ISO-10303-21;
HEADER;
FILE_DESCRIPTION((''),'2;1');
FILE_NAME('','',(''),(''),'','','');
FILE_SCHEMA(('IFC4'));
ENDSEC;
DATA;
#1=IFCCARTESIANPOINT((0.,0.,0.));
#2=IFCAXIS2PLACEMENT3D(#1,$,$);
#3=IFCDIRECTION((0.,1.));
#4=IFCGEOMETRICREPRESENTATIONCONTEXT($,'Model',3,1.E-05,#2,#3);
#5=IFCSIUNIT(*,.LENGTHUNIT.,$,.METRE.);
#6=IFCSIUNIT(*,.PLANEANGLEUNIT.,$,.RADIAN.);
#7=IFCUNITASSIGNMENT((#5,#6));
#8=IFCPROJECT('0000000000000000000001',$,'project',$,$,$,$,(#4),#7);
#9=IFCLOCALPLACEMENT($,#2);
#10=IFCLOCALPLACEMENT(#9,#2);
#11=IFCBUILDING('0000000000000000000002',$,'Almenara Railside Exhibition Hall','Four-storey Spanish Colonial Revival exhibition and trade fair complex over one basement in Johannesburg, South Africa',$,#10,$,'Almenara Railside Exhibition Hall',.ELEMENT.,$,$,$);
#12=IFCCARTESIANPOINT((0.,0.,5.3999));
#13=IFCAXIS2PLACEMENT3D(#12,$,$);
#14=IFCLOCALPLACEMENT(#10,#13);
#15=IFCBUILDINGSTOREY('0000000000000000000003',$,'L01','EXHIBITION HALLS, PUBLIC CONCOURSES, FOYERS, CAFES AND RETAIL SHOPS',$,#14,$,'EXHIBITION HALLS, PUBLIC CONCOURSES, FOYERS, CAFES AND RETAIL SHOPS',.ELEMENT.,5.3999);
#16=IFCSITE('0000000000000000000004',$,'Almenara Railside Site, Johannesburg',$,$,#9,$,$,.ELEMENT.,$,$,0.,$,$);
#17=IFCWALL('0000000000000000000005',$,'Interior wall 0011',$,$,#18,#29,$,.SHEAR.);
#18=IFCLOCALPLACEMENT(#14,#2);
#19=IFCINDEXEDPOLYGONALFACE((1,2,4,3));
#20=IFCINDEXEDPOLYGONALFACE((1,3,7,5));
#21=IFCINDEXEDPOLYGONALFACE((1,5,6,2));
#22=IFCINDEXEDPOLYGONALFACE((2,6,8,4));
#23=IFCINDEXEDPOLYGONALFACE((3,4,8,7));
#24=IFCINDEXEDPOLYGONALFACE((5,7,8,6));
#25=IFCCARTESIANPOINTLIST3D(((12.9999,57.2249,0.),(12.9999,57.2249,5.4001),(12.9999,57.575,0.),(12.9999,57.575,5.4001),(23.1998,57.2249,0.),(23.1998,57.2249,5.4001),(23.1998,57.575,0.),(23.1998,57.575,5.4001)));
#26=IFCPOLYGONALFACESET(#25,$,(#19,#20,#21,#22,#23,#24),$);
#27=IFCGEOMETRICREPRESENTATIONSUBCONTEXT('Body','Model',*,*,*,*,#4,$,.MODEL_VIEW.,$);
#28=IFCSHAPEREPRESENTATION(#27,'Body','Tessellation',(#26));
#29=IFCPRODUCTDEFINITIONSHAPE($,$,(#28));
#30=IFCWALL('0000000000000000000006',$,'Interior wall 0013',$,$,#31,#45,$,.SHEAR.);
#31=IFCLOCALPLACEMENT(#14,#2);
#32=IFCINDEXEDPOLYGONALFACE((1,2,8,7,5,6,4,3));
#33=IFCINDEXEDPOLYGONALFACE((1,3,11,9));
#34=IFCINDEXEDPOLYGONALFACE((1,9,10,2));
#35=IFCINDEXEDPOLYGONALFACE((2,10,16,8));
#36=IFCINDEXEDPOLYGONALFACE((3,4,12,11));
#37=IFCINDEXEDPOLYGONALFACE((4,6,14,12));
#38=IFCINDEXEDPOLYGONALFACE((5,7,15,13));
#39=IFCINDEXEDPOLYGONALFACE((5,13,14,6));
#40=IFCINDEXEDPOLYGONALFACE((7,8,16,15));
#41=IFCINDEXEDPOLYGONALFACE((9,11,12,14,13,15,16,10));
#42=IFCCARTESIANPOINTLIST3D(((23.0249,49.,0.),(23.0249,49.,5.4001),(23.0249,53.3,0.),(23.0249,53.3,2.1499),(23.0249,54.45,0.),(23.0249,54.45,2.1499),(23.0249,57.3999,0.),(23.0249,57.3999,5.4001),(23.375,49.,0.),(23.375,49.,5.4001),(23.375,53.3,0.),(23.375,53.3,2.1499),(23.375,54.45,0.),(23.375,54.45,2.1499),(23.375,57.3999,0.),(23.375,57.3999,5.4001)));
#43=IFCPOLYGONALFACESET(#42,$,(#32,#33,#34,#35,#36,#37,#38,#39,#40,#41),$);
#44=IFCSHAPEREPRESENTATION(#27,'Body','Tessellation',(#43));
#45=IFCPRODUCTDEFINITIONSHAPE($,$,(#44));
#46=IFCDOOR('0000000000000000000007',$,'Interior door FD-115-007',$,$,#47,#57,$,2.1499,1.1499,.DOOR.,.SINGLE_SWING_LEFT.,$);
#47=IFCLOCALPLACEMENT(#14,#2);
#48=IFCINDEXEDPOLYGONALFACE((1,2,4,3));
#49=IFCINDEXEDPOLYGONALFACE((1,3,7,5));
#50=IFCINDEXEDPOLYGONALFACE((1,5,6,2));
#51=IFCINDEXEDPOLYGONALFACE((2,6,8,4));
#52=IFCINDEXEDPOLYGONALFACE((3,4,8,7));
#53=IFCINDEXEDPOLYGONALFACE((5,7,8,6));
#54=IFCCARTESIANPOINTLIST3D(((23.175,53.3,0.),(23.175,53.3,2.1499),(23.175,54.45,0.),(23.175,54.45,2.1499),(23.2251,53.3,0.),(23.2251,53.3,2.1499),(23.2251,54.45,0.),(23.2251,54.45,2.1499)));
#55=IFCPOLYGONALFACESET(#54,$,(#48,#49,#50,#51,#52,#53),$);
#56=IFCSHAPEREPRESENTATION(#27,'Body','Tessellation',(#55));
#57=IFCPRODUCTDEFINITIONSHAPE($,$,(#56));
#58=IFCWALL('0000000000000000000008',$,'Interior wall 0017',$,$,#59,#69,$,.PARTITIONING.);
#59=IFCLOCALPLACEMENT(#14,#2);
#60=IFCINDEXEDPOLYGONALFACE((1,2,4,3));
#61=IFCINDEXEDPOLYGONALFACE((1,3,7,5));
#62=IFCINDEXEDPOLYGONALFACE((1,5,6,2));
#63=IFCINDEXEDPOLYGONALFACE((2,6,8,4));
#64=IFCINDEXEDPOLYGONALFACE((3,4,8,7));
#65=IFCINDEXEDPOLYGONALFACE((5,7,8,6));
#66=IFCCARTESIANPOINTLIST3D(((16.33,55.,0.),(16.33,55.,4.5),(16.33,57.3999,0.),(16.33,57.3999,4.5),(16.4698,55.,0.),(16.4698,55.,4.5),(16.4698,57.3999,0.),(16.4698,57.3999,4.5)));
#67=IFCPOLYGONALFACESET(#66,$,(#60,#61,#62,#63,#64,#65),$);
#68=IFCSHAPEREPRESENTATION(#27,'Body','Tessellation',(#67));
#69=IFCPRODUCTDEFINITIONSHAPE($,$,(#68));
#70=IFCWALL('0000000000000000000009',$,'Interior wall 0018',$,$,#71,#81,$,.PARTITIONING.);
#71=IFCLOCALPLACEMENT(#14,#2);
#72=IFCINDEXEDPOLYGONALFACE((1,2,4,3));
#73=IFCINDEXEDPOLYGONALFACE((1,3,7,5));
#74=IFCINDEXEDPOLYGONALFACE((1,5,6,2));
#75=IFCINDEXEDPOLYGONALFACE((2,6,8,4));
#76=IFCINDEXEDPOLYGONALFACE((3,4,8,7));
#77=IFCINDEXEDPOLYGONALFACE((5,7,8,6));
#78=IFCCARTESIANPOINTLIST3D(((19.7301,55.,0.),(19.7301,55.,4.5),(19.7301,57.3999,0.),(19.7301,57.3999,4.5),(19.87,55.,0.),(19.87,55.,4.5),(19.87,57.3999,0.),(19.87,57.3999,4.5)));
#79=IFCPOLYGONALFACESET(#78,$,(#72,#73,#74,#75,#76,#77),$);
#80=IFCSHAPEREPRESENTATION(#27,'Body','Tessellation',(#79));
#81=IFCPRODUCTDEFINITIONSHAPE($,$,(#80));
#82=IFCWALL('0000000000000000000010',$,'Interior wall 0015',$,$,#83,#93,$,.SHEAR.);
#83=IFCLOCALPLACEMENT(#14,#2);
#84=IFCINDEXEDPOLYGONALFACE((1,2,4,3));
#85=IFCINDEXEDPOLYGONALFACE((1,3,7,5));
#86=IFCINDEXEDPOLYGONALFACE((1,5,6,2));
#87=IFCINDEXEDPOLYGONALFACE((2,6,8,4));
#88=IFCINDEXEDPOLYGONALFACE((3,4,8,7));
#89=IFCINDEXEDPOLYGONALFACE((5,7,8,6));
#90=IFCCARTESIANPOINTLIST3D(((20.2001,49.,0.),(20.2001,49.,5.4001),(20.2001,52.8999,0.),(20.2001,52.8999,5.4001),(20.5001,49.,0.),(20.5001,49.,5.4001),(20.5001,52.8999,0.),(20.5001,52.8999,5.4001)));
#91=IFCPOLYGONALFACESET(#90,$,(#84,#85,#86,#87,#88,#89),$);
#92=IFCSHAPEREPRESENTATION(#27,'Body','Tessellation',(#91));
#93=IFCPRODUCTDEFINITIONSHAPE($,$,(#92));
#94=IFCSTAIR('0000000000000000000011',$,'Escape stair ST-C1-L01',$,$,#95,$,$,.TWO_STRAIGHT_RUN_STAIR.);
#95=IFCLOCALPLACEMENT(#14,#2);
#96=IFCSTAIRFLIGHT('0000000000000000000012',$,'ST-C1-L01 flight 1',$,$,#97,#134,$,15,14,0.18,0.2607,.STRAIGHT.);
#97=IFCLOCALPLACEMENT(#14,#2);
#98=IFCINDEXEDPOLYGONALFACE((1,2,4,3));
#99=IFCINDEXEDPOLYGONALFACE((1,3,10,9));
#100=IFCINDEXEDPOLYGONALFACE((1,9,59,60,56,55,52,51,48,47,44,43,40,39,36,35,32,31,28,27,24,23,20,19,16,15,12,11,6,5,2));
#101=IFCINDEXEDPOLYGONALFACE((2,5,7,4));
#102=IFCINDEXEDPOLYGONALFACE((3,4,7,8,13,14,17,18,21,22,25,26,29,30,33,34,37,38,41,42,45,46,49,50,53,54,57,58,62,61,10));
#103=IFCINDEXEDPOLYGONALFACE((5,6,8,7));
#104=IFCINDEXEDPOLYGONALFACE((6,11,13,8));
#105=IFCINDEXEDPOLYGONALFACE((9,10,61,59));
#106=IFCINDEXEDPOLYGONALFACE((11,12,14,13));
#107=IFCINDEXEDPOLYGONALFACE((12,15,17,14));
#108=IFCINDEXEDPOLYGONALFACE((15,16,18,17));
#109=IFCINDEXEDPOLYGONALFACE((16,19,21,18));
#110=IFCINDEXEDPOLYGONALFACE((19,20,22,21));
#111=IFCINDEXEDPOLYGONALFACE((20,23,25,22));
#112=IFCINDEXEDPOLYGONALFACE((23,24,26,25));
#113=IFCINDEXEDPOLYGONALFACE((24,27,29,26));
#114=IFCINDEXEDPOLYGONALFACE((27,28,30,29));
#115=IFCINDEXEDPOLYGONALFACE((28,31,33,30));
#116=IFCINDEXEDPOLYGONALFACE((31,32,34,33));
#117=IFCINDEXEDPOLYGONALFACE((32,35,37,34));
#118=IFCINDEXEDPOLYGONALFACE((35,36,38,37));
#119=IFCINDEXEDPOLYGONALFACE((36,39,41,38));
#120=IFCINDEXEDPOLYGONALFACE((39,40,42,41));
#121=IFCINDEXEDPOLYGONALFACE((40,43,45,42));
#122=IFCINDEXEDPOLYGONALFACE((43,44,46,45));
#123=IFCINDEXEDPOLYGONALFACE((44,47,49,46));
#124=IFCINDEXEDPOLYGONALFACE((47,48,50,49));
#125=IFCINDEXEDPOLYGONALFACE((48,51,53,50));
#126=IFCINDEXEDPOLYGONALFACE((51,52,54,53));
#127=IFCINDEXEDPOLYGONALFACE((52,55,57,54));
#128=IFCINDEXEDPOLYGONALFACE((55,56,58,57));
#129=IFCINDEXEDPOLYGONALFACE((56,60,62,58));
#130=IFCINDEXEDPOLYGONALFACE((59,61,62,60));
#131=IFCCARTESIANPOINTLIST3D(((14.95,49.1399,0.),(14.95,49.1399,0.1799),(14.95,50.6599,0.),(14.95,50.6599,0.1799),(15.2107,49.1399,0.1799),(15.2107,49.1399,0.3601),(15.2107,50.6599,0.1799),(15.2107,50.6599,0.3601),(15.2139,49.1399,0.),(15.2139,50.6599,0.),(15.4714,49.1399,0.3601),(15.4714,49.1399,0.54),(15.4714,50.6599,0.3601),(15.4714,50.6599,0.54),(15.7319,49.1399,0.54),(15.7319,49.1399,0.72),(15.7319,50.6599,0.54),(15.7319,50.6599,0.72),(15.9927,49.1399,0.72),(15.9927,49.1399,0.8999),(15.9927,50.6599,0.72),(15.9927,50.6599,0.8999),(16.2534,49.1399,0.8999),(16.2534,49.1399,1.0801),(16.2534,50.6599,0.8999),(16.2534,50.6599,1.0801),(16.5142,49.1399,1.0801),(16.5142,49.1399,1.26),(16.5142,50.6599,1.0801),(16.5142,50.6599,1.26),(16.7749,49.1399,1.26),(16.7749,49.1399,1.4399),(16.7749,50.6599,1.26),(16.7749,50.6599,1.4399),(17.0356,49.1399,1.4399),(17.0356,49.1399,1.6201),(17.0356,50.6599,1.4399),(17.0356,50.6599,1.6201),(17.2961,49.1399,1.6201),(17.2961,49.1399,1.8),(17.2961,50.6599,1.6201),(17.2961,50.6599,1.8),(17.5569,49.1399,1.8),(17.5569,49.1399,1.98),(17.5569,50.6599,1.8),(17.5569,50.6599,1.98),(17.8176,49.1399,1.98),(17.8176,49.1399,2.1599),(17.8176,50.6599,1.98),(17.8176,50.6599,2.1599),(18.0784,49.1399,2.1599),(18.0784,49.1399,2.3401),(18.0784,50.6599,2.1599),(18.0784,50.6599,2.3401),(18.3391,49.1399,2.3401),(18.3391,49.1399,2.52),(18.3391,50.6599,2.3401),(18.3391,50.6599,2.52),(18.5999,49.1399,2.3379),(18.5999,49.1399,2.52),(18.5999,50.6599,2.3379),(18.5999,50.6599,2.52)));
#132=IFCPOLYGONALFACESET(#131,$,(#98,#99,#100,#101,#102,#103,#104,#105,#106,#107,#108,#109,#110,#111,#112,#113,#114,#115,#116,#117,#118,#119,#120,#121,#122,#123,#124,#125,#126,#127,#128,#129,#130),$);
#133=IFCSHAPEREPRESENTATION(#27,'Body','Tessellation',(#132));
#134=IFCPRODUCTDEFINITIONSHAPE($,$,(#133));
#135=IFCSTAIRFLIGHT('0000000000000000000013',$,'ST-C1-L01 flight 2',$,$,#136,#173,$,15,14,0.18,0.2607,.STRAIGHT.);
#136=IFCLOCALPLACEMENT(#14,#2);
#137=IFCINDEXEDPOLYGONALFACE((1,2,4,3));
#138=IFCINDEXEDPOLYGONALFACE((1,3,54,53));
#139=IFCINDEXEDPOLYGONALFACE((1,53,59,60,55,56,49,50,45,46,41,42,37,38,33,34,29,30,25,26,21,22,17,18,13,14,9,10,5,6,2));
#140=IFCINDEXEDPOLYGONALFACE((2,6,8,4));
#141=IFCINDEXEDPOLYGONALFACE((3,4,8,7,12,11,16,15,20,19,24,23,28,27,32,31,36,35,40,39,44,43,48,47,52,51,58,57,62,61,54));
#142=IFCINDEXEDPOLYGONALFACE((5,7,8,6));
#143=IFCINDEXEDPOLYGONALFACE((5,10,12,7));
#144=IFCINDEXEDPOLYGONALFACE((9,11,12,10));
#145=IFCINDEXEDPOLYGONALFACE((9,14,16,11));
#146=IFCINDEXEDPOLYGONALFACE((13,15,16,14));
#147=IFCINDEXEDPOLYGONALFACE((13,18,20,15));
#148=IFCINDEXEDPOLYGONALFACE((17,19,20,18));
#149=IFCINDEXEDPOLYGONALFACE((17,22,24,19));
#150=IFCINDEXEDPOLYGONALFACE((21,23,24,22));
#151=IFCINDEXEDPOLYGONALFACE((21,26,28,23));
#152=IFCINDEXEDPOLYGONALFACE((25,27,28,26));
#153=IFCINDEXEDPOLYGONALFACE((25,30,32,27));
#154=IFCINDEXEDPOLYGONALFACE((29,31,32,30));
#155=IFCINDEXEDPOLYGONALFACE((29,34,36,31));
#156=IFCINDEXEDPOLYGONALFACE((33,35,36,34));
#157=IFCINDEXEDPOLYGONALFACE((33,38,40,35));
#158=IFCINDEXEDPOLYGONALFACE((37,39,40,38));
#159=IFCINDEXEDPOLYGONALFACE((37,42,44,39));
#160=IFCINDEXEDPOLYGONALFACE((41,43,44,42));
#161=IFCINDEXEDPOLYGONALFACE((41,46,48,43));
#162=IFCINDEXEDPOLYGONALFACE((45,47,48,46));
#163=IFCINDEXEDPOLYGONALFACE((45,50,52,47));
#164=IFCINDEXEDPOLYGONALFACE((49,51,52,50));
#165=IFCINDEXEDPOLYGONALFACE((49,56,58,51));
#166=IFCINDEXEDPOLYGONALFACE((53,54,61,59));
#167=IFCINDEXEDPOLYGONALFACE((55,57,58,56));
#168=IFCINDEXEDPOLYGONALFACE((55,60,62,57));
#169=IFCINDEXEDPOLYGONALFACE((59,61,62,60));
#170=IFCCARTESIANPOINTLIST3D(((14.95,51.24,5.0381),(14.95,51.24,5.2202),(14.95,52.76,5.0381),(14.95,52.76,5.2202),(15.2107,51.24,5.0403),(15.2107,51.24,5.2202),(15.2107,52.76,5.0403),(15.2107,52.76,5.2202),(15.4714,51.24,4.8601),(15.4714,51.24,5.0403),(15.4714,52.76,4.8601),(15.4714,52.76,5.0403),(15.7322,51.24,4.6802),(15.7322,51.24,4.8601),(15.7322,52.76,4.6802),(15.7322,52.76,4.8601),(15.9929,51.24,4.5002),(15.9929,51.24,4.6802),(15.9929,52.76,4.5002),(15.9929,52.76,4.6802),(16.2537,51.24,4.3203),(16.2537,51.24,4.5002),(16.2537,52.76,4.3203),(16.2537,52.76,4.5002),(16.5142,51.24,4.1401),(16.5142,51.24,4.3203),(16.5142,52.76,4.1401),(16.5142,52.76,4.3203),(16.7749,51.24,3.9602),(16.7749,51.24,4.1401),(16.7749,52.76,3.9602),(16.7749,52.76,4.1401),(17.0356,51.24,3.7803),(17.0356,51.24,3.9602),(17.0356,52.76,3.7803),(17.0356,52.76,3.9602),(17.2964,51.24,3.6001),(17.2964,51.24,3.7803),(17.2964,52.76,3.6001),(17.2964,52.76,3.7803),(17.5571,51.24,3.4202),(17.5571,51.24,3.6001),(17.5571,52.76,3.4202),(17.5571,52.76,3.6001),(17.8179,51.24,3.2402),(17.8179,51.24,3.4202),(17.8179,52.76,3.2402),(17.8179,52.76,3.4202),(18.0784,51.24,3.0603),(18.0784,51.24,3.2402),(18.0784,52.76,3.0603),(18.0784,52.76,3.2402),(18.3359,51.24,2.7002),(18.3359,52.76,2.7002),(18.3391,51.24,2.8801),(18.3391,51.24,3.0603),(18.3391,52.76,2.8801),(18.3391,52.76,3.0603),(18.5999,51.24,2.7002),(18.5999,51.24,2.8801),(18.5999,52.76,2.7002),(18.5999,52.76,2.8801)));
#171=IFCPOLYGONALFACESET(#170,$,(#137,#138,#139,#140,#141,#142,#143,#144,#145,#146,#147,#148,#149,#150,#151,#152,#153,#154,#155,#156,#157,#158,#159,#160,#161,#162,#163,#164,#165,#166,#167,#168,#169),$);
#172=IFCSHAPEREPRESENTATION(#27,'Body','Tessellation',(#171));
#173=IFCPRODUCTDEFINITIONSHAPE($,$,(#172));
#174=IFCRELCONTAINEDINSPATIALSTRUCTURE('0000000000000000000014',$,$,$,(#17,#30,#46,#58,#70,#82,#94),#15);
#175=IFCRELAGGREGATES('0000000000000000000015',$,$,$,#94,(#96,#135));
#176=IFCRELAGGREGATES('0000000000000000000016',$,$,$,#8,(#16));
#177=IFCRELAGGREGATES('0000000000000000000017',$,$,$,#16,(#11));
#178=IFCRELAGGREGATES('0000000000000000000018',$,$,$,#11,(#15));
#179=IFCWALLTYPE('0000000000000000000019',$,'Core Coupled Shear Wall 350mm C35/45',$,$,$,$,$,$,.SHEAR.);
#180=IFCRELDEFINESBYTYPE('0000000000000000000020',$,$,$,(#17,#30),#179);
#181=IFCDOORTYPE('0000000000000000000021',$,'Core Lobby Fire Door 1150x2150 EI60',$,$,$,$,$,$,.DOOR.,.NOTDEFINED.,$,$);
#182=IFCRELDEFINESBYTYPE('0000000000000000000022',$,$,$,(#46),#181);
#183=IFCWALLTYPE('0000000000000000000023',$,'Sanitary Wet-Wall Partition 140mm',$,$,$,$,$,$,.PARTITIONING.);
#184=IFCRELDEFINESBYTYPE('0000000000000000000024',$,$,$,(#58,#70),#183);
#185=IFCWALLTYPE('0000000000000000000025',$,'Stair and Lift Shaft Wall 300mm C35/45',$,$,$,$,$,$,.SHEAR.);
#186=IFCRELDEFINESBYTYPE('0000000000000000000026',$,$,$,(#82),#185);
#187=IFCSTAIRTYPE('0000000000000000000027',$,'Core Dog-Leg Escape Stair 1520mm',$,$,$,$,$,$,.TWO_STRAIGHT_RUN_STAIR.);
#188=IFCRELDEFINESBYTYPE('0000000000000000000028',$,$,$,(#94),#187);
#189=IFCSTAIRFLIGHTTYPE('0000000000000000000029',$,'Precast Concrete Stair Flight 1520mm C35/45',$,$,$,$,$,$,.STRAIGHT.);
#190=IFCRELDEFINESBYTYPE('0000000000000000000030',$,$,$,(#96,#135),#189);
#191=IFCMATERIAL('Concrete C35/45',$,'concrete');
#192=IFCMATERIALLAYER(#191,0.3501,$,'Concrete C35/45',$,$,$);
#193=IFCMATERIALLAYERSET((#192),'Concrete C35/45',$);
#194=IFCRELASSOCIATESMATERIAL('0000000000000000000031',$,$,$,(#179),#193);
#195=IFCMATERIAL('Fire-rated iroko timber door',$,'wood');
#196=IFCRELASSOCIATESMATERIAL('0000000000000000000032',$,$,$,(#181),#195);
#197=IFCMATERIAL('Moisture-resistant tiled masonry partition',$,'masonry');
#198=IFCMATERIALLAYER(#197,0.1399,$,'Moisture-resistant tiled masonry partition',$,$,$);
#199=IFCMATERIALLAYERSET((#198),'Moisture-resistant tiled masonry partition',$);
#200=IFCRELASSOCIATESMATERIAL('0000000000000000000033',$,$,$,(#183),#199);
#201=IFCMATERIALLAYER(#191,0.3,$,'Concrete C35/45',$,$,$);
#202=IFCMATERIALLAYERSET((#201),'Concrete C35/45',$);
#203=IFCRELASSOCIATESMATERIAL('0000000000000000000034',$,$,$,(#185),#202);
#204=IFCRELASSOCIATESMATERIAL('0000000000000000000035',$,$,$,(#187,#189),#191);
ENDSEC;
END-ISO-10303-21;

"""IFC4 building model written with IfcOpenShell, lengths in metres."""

from ifc_helpers import new_model, si_unit, direction, frame, frame_2d, origin, place, context, subcontext, project, spatial, polyline, rectangle, outline, extrude, material, layer, layer_set, type_object, element, fill, aggregate, save


model = new_model("IFC4")

# Units and contexts
model_context = context("Model", 3, precision=1e-05, world=origin(), true_north=direction((0.0, 1.0)))
body_context = subcontext(model_context, "Body", "Model", "MODEL_VIEW")
ifc_project = project(units=[si_unit("LENGTHUNIT", "METRE"), si_unit("PLANEANGLEUNIT", "RADIAN")], contexts=[model_context])

# Site, building, storey
site_placement = place(None, origin())
site = spatial("IfcSite", under=ifc_project, at=site_placement, Name="Almenara Railside Site, Johannesburg", CompositionType="ELEMENT", RefElevation=0.0)
building_placement = place(site_placement, origin())
building = spatial("IfcBuilding", under=site, at=building_placement, Name="Almenara Railside Exhibition Hall", Description="Four-storey Spanish Colonial Revival exhibition and trade fair complex over one basement in Johannesburg, South Africa", LongName="Almenara Railside Exhibition Hall", CompositionType="ELEMENT")
storey_placement = place(building_placement, frame((0.0, 0.0, 5.3999)))
storey = spatial("IfcBuildingStorey", under=building, at=storey_placement, Name="L01", Description="EXHIBITION HALLS, PUBLIC CONCOURSES, FOYERS, CAFES AND RETAIL SHOPS", LongName="EXHIBITION HALLS, PUBLIC CONCOURSES, FOYERS, CAFES AND RETAIL SHOPS", CompositionType="ELEMENT", Elevation=5.3999)

# Shared definitions
ifc_material_1 = material(Name="Concrete C35/45", Category="concrete")

# Wall
ifc_layer_1 = layer(ifc_material_1, 0.3501, Name="Concrete C35/45")
ifc_layer_set_1 = layer_set([ifc_layer_1], Name="Concrete C35/45")
wall_type_1 = type_object("IfcWallType", Name="Core Coupled Shear Wall 350mm C35/45", PredefinedType="SHEAR", material=ifc_layer_set_1)
wall_1_placement = place(storey_placement, frame((23.2, 57.3999, 0.0), z_axis=(0.0, 0.0, 1.0), x_axis=(-1.0, 0.0, 0.0)))
element("IfcWall", 1, at=wall_1_placement, inside=storey, type_object=wall_type_1, Name="Interior wall 0011", PredefinedType="SHEAR", context=body_context, shape_type="SweptSolid", body=[
    extrude(rectangle(XDim=10.2, YDim=0.3501, at=frame_2d((5.1001, 0.0))), origin(), (0.0, 0.0, 1.0), 5.4001),
])

# Wall, opening, door
wall_2_placement = place(storey_placement, frame((23.2, 49.0, 0.0), z_axis=(0.0, 0.0, 1.0), x_axis=(0.0, 1.0, 0.0)))
wall_2 = element("IfcWall", 2, at=wall_2_placement, inside=storey, type_object=wall_type_1, Name="Interior wall 0013", PredefinedType="SHEAR", context=body_context, shape_type="SweptSolid", body=[
    extrude(rectangle(XDim=8.3999, YDim=0.3501, at=frame_2d((4.2, 0.0))), origin(), (0.0, 0.0, 1.0), 5.4001),
])
opening_placement = place(wall_2_placement, frame((4.3, 0.0, 0.0)))
opening = element("IfcOpeningElement", 3, at=opening_placement, cuts=wall_2, PredefinedType="OPENING", context=body_context, shape_type="SweptSolid", body=[
    extrude(rectangle(XDim=1.1499, YDim=2.1499, at=frame_2d((0.575, 1.075))), frame((0.0, 0.1851, 0.0), z_axis=(0.0, -1.0, 0.0), x_axis=(1.0, 0.0, 0.0)), (0.0, 0.0, 1.0), 0.3701),
])
ifc_material_2 = material(Name="Fire-rated iroko timber door", Category="wood")
door_type = type_object("IfcDoorType", Name="Core Lobby Fire Door 1150x2150 EI60", OperationType="NOTDEFINED", PredefinedType="DOOR", material=ifc_material_2)
door_placement = place(opening_placement, origin())
door = element("IfcDoor", 4, at=door_placement, inside=storey, type_object=door_type, Name="Interior door FD-115-007", OperationType="SINGLE_SWING_LEFT", OverallHeight=2.1499, OverallWidth=1.1499, PredefinedType="DOOR", context=body_context, shape_type="SweptSolid", body=[
    extrude(rectangle(XDim=1.1499, YDim=2.1499, at=frame_2d((0.575, 1.075))), frame((0.0, 0.0249, 0.0), z_axis=(0.0, -1.0, 0.0), x_axis=(1.0, 0.0, 0.0)), (0.0, 0.0, 1.0), 0.05),
])
fill(opening, door)

# Walls
ifc_material_3 = material(Name="Moisture-resistant tiled masonry partition", Category="masonry")
ifc_layer_2 = layer(ifc_material_3, 0.1399, Name="Moisture-resistant tiled masonry partition")
ifc_layer_set_2 = layer_set([ifc_layer_2], Name="Moisture-resistant tiled masonry partition")
wall_type_2 = type_object("IfcWallType", Name="Sanitary Wet-Wall Partition 140mm", PredefinedType="PARTITIONING", material=ifc_layer_set_2)
for number, where, z_axis, x_axis, name in (
    (5, (16.3999, 55.0, 0.0), (0.0, 0.0, 1.0), (0.0, 1.0, 0.0), "Interior wall 0017"),
    (6, (19.8, 55.0, 0.0), (0.0, 0.0, 1.0), (0.0, 1.0, 0.0), "Interior wall 0018"),
):
    element("IfcWall", number, at=place(storey_placement, frame(where, z_axis=z_axis, x_axis=x_axis)), inside=storey, type_object=wall_type_2, Name=name, PredefinedType="PARTITIONING", context=body_context, shape_type="SweptSolid", body=[
        extrude(rectangle(XDim=2.3999, YDim=0.1399, at=frame_2d((1.2, 0.0))), origin(), (0.0, 0.0, 1.0), 4.5),
    ])
ifc_layer_3 = layer(ifc_material_1, 0.3, Name="Concrete C35/45")
ifc_layer_set_3 = layer_set([ifc_layer_3], Name="Concrete C35/45")
wall_type_3 = type_object("IfcWallType", Name="Stair and Lift Shaft Wall 300mm C35/45", PredefinedType="SHEAR", material=ifc_layer_set_3)
wall_3_placement = place(storey_placement, frame((20.3501, 49.0, 0.0), z_axis=(0.0, 0.0, 1.0), x_axis=(0.0, 1.0, 0.0)))
element("IfcWall", 7, at=wall_3_placement, inside=storey, type_object=wall_type_3, Name="Interior wall 0015", PredefinedType="SHEAR", context=body_context, shape_type="SweptSolid", body=[
    extrude(rectangle(XDim=3.8999, YDim=0.3, at=frame_2d((1.95, 0.0))), origin(), (0.0, 0.0, 1.0), 5.4001),
])

# Stair, stair flights
stair_type = type_object("IfcStairType", Name="Core Dog-Leg Escape Stair 1520mm", PredefinedType="TWO_STRAIGHT_RUN_STAIR", material=ifc_material_1)
stair_placement = place(storey_placement, origin())
stair = element("IfcStair", 8, at=stair_placement, inside=storey, type_object=stair_type, Name="Escape stair ST-C1-L01", PredefinedType="TWO_STRAIGHT_RUN_STAIR")
stair_flight_type = type_object("IfcStairFlightType", Name="Precast Concrete Stair Flight 1520mm C35/45", PredefinedType="STRAIGHT", material=ifc_material_1)
stair_flight_1_placement = place(storey_placement, frame((14.95, 49.8999, 0.0), z_axis=(0.0, 0.0, 1.0), x_axis=(1.0, 0.0, 0.0)))
stair_flight_1 = element("IfcStairFlight", 9, at=stair_flight_1_placement, type_object=stair_flight_type, Name="ST-C1-L01 flight 1", NumberOfRisers=15, NumberOfTreads=14, PredefinedType="STRAIGHT", RiserHeight=0.18, TreadLength=0.2607, context=body_context, shape_type="SweptSolid", body=[
    extrude(outline(polyline([(0.0, 0.0), (0.0, 0.1799), (0.2607, 0.1799), (0.2607, 0.3601), (0.5215, 0.3601), (0.5215, 0.54), (0.782, 0.54), (0.782, 0.72), (1.0427, 0.72), (1.0427, 0.8999), (1.3035, 0.8999), (1.3035, 1.0801), (1.5642, 1.0801), (1.5642, 1.26), (1.825, 1.26), (1.825, 1.4399), (2.0857, 1.4399), (2.0857, 1.6201), (2.3462, 1.6201), (2.3462, 1.8), (2.6069, 1.8), (2.6069, 1.98), (2.8677, 1.98), (2.8677, 2.1599), (3.1284, 2.1599), (3.1284, 2.3401), (3.3892, 2.3401), (3.3892, 2.52), (3.6499, 2.52), (3.6499, 2.7), (3.6499, 2.3379), (0.2639, 0.0), (0.0, 0.0)])), frame((0.0, 0.76, 0.0), z_axis=(0.0, -1.0, 0.0), x_axis=(1.0, 0.0, 0.0)), (0.0, 0.0, 1.0), 1.52),
])
stair_flight_2_placement = place(storey_placement, frame((18.5999, 52.0, 2.7002), z_axis=(0.0, 0.0, 1.0), x_axis=(-1.0, 0.0, 0.0)))
stair_flight_2 = element("IfcStairFlight", 10, at=stair_flight_2_placement, type_object=stair_flight_type, Name="ST-C1-L01 flight 2", NumberOfRisers=15, NumberOfTreads=14, PredefinedType="STRAIGHT", RiserHeight=0.18, TreadLength=0.2607, context=body_context, shape_type="SweptSolid", body=[
    extrude(outline(polyline([(0.0, 0.0), (0.0, 0.1799), (0.2607, 0.1799), (0.2607, 0.3601), (0.5215, 0.3601), (0.5215, 0.54), (0.782, 0.54), (0.782, 0.72), (1.0427, 0.72), (1.0427, 0.8999), (1.3035, 0.8999), (1.3035, 1.0801), (1.5642, 1.0801), (1.5642, 1.26), (1.825, 1.26), (1.825, 1.4399), (2.0857, 1.4399), (2.0857, 1.6201), (2.3462, 1.6201), (2.3462, 1.8), (2.6069, 1.8), (2.6069, 1.98), (2.8677, 1.98), (2.8677, 2.1599), (3.1284, 2.1599), (3.1284, 2.3401), (3.3892, 2.3401), (3.3892, 2.52), (3.6499, 2.52), (3.6499, 2.7), (3.6499, 2.3379), (0.2639, 0.0), (0.0, 0.0)])), frame((0.0, 0.76, 0.0), z_axis=(0.0, -1.0, 0.0), x_axis=(1.0, 0.0, 0.0)), (0.0, 0.0, 1.0), 1.52),
])
aggregate(stair, [stair_flight_1, stair_flight_2])

save(model, "model.ifc")
